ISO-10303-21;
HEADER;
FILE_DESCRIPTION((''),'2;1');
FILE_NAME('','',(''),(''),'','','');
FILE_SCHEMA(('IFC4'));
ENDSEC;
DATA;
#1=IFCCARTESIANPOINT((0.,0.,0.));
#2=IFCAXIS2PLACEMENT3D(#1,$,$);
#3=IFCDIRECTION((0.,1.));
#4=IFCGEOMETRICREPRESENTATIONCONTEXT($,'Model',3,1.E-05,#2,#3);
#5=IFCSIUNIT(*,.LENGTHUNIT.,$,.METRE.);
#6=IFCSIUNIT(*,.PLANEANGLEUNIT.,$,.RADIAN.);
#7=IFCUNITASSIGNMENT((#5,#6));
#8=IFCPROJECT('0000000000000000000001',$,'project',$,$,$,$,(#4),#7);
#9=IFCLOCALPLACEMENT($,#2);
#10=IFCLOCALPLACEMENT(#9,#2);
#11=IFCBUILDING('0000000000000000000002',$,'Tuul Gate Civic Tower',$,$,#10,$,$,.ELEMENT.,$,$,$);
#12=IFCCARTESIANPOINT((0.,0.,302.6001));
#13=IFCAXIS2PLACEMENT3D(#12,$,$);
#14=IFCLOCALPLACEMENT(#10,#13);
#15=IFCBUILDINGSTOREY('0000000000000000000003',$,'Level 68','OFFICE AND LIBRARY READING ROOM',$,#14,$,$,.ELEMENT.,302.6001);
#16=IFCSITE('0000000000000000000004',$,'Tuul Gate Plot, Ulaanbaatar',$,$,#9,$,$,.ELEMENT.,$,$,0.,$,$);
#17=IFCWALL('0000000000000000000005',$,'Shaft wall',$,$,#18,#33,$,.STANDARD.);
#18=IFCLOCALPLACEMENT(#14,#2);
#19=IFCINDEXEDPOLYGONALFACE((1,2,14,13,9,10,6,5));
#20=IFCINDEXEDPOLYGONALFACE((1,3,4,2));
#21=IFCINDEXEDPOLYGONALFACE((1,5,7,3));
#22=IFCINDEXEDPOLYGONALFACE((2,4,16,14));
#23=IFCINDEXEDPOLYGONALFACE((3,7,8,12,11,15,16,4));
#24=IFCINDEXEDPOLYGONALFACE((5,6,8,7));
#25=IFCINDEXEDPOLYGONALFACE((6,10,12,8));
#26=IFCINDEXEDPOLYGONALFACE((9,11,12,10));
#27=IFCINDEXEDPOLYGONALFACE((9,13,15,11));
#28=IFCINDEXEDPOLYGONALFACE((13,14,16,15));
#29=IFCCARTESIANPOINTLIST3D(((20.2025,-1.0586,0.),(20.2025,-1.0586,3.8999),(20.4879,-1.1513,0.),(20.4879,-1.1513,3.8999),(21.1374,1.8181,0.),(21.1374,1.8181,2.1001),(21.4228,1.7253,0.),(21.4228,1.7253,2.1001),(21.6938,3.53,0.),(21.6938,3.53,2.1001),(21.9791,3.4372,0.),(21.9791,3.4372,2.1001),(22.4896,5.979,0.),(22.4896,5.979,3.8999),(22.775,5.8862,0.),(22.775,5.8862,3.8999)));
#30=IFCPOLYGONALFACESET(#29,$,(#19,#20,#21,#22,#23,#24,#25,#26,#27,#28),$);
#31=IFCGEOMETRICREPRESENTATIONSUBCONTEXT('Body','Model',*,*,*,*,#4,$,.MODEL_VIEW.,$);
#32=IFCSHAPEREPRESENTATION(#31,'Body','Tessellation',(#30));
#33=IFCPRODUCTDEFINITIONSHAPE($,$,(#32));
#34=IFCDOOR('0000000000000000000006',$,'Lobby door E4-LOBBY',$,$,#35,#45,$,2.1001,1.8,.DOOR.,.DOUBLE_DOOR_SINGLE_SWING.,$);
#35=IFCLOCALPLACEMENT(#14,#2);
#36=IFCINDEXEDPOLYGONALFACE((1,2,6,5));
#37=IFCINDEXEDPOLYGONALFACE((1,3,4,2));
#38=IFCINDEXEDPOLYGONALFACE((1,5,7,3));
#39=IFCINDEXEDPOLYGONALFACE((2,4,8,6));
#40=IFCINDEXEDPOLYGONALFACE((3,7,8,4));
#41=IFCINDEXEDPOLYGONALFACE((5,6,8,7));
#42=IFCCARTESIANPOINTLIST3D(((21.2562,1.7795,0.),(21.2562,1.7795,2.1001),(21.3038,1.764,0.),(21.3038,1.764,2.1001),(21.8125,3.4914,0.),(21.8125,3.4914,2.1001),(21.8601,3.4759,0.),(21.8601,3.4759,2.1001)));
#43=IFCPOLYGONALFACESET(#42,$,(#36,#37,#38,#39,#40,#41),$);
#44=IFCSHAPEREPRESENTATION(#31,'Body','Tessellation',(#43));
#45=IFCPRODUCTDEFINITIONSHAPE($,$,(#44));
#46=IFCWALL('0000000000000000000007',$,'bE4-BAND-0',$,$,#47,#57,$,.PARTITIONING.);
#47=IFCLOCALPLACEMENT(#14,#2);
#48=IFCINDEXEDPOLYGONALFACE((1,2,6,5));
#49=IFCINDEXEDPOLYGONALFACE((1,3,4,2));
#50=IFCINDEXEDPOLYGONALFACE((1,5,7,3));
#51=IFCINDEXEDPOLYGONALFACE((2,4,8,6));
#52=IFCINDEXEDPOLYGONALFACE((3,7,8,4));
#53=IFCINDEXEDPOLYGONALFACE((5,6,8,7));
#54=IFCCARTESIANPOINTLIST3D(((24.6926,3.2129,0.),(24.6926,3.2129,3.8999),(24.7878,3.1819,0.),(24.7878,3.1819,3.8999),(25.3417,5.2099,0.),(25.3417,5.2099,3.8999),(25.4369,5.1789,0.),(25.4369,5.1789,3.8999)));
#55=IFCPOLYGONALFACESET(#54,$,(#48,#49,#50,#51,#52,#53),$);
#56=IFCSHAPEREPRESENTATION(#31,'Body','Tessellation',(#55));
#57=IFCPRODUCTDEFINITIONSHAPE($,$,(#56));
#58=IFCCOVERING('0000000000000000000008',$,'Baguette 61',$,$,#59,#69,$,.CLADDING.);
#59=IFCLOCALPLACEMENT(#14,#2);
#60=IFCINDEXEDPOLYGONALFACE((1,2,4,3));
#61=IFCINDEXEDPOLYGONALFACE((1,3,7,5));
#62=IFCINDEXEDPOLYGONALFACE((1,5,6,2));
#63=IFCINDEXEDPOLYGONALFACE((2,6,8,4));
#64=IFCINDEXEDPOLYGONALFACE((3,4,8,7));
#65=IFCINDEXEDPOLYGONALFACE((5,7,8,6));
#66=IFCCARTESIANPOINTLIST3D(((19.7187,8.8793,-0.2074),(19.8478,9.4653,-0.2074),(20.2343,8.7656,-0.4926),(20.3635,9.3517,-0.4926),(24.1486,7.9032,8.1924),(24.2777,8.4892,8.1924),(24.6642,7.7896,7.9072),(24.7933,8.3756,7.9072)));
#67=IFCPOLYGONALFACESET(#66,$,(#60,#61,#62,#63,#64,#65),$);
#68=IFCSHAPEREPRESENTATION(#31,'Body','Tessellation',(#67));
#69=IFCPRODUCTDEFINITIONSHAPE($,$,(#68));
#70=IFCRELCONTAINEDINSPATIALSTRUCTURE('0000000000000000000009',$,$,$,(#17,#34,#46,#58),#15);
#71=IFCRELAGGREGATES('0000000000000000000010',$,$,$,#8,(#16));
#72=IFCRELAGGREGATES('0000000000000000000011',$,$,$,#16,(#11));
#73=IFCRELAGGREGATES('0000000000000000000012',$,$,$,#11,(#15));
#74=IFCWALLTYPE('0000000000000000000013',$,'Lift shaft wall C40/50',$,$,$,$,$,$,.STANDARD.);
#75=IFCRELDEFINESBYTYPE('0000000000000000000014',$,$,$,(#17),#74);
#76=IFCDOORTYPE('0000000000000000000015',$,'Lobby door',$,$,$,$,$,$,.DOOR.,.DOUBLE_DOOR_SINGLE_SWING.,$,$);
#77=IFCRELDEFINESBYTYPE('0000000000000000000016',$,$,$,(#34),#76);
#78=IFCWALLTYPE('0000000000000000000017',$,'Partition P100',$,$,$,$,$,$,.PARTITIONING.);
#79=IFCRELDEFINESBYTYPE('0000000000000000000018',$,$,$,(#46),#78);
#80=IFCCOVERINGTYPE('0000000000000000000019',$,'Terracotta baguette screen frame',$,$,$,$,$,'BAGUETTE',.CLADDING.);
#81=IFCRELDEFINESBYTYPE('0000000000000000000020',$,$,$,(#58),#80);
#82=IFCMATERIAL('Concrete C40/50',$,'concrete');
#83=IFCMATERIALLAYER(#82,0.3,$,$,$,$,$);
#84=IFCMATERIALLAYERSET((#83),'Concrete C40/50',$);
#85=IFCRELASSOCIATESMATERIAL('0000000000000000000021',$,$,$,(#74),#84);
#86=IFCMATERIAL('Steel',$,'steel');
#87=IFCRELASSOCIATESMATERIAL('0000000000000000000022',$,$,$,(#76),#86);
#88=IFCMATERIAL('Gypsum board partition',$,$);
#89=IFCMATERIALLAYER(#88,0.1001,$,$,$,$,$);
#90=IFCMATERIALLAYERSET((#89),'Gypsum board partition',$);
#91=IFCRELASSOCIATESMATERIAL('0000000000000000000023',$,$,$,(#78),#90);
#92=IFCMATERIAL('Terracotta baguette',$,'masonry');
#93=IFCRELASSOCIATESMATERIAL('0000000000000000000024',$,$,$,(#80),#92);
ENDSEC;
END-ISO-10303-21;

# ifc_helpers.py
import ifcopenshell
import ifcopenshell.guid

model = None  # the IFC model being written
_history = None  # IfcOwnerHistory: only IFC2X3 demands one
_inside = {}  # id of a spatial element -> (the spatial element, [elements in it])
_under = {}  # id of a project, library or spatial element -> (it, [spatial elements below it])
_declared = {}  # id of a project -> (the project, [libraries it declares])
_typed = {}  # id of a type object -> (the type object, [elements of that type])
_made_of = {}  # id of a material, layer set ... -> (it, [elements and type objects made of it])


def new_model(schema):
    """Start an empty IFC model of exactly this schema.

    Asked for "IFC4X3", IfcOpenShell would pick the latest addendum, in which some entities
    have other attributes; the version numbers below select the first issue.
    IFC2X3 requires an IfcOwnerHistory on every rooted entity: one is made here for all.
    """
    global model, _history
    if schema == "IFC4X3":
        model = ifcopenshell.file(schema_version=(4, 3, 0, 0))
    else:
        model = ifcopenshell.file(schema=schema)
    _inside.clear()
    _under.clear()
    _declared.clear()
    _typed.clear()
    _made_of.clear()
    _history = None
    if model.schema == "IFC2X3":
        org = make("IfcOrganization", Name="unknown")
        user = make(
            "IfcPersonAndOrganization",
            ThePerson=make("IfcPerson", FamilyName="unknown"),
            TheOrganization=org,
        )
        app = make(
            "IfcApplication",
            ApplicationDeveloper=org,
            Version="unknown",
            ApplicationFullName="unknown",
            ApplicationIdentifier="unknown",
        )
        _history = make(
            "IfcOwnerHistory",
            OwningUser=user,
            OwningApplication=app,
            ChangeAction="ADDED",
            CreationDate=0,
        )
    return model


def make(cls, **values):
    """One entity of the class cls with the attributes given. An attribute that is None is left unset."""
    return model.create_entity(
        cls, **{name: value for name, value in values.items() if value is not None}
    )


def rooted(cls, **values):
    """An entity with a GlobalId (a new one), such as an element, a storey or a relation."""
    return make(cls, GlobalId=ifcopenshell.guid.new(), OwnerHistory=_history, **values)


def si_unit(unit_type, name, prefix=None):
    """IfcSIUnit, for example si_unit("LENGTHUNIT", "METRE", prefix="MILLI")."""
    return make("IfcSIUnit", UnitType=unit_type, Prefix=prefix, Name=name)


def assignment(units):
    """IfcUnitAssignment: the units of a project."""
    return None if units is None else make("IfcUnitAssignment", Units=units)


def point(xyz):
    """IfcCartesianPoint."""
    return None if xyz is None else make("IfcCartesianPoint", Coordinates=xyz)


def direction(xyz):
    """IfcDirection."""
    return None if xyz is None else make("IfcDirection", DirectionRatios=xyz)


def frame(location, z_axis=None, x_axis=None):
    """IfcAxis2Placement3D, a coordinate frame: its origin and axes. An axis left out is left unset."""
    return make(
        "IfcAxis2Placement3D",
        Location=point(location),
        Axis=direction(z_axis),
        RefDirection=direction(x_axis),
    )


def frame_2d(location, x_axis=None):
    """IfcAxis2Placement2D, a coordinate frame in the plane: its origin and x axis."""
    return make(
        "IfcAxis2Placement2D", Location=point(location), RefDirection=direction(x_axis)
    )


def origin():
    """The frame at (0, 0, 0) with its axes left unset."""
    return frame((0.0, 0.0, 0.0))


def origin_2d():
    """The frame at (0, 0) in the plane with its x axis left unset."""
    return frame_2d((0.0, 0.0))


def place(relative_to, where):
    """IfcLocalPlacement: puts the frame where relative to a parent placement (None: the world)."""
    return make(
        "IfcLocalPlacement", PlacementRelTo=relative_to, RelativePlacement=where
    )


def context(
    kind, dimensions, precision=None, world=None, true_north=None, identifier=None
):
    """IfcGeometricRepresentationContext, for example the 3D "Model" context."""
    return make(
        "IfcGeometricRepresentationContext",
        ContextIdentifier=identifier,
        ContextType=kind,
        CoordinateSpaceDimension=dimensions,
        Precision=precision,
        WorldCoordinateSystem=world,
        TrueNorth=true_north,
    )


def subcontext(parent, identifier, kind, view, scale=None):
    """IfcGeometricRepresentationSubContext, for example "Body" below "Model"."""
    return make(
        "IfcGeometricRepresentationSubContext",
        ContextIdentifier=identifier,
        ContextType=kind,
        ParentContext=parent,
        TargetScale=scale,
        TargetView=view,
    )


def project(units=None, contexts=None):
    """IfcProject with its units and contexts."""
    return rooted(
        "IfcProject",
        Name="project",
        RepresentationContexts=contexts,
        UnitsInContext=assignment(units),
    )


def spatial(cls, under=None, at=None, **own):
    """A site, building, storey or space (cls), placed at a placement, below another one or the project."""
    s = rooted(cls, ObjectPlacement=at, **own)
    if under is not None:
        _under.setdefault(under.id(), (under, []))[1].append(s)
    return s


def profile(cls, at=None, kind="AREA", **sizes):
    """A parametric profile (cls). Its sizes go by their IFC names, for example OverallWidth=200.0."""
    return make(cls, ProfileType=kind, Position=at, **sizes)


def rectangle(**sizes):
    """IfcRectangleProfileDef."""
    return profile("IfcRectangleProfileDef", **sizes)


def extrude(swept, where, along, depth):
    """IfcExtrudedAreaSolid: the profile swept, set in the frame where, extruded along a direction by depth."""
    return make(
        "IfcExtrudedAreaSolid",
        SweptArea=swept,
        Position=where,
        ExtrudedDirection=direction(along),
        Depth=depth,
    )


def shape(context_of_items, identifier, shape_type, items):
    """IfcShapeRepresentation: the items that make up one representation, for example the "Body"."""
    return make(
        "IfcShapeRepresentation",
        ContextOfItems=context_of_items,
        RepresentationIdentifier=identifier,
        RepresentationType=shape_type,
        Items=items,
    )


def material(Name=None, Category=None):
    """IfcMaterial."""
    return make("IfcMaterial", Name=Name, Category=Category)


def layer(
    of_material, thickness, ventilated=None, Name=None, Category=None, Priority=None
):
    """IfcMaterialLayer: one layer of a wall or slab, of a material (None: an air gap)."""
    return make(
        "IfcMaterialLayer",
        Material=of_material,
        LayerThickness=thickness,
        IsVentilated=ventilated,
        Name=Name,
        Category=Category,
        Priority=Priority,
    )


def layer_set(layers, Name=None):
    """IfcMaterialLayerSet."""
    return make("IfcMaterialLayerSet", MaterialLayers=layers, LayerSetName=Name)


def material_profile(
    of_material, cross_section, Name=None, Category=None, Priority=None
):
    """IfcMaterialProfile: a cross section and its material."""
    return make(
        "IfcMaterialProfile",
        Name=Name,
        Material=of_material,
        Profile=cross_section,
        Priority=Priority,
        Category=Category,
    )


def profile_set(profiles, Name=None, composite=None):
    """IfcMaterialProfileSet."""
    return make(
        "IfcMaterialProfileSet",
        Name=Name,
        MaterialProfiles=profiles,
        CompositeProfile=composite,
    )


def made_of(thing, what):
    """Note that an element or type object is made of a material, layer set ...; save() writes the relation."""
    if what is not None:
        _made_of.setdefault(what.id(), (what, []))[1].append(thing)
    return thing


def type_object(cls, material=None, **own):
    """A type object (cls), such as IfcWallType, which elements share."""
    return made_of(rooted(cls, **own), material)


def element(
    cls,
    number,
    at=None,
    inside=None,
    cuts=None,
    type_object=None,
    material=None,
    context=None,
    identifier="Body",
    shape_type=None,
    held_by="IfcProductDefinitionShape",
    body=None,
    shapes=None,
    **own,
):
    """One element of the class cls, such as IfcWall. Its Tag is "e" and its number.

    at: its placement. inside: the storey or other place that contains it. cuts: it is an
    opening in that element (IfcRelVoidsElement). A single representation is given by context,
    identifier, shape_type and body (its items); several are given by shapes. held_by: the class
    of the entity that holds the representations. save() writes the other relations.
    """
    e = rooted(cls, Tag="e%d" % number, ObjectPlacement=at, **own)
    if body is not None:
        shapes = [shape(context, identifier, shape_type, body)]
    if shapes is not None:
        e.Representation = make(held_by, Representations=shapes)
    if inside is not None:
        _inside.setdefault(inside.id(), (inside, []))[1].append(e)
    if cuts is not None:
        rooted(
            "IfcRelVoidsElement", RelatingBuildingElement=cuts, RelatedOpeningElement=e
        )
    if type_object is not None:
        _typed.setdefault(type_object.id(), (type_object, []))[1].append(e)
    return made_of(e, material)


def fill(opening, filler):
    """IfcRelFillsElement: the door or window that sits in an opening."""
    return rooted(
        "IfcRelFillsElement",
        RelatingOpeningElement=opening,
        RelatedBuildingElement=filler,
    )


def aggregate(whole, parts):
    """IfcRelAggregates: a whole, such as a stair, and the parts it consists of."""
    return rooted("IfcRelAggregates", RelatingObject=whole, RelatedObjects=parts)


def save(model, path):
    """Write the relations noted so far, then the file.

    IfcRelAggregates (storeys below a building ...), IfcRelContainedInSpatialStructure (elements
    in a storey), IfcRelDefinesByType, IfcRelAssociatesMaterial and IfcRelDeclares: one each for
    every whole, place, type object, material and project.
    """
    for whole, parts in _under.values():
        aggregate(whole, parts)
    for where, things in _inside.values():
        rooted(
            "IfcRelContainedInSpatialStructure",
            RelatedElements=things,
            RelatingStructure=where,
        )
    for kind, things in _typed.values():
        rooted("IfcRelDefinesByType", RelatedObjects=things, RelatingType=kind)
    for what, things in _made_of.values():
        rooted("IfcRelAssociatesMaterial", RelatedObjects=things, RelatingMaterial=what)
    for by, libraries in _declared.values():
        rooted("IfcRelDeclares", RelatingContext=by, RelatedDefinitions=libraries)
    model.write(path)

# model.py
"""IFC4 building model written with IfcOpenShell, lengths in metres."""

from ifc_helpers import new_model, si_unit, direction, frame, frame_2d, origin, origin_2d, place, context, subcontext, project, spatial, rectangle, extrude, material, layer, layer_set, material_profile, profile_set, type_object, element, fill, save


model = new_model("IFC4")

# Units and contexts
model_context = context("Model", 3, precision=1e-05, world=origin(), true_north=direction((0.0, 1.0)))
body_context = subcontext(model_context, "Body", "Model", "MODEL_VIEW")
ifc_project = project(units=[si_unit("LENGTHUNIT", "METRE"), si_unit("PLANEANGLEUNIT", "RADIAN")], contexts=[model_context])

# Site, building, storey
site_placement = place(None, origin())
site = spatial("IfcSite", under=ifc_project, at=site_placement, Name="Tuul Gate Plot, Ulaanbaatar", CompositionType="ELEMENT", RefElevation=0.0)
building_placement = place(site_placement, origin())
building = spatial("IfcBuilding", under=site, at=building_placement, Name="Tuul Gate Civic Tower", CompositionType="ELEMENT")
storey_placement = place(building_placement, frame((0.0, 0.0, 302.6001)))
storey = spatial("IfcBuildingStorey", under=building, at=storey_placement, Name="Level 68", Description="OFFICE AND LIBRARY READING ROOM", CompositionType="ELEMENT", Elevation=302.6001)

# Shared definitions
ifc_material_1 = material(Name="Concrete C40/50", Category="concrete")
ifc_layer_1 = layer(ifc_material_1, 0.3)
ifc_layer_set_1 = layer_set([ifc_layer_1], Name="Concrete C40/50")
wall_type_1 = type_object("IfcWallType", Name="Lift shaft wall C40/50", PredefinedType="STANDARD", material=ifc_layer_set_1)

# Wall, opening, door
wall_1_placement = place(storey_placement, frame((20.3452, -1.105, 0.0), z_axis=(0.0, 0.0, 1.0), x_axis=(0.309073, 0.951038, 0.0)))
wall_1 = element("IfcWall", 1, at=wall_1_placement, inside=storey, type_object=wall_type_1, Name="Shaft wall", PredefinedType="STANDARD", context=body_context, shape_type="SweptSolid", body=[
    extrude(rectangle(XDim=7.3999, YDim=0.3, at=frame_2d((3.7, 0.0))), origin(), (0.0, 0.0, 1.0), 3.8999),
])
opening_1_placement = place(wall_1_placement, frame((3.0249, 0.0, 0.0)))
opening_1 = element("IfcOpeningElement", 2, at=opening_1_placement, cuts=wall_1, PredefinedType="OPENING", context=body_context, shape_type="SweptSolid", body=[
    extrude(rectangle(XDim=1.8, YDim=2.1001, at=frame_2d((0.8999, 1.05))), frame((0.0, 0.1602, 0.0), z_axis=(0.0, -1.0, 0.0), x_axis=(1.0, 0.0, 0.0)), (0.0, 0.0, 1.0), 0.3201),
])
ifc_material_2 = material(Name="Steel", Category="steel")
door_type_1 = type_object("IfcDoorType", Name="Lobby door", OperationType="DOUBLE_DOOR_SINGLE_SWING", PredefinedType="DOOR", material=ifc_material_2)
door_1_placement = place(opening_1_placement, frame((1.8, 0.0, 0.0), z_axis=(0.0, 0.0, 1.0), x_axis=(-1.0, 0.0, 0.0)))
door_1 = element("IfcDoor", 3, at=door_1_placement, inside=storey, type_object=door_type_1, Name="Lobby door E4-LOBBY", OperationType="DOUBLE_DOOR_SINGLE_SWING", OverallHeight=2.1001, OverallWidth=1.8, PredefinedType="DOOR", context=body_context, shape_type="SweptSolid", body=[
    extrude(rectangle(XDim=1.8, YDim=2.1001, at=frame_2d((0.9001, 1.05))), frame((0.0, 0.0249, 0.0), z_axis=(0.0, -1.0, 0.0), x_axis=(1.0, 0.0, 0.0)), (0.0, 0.0, 1.0), 0.05),
])
fill(opening_1, door_1)

# Wall
ifc_material_3 = material(Name="Gypsum board partition")
ifc_layer_2 = layer(ifc_material_3, 0.1001)
ifc_layer_set_2 = layer_set([ifc_layer_2], Name="Gypsum board partition")
wall_type_2 = type_object("IfcWallType", Name="Partition P100", PredefinedType="PARTITIONING", material=ifc_layer_set_2)
wall_2_placement = place(storey_placement, frame((24.7402, 3.1975, 0.0), z_axis=(0.0, 0.0, 1.0), x_axis=(0.309139, 0.951017, 0.0)))
element("IfcWall", 4, at=wall_2_placement, inside=storey, type_object=wall_type_2, Name="bE4-BAND-0", PredefinedType="PARTITIONING", context=body_context, shape_type="SweptSolid", body=[
    extrude(rectangle(XDim=2.0999, YDim=0.1001, at=frame_2d((1.0498, 0.0))), origin(), (0.0, 0.0, 1.0), 3.8999),
])

# Covering
ifc_material_4 = material(Name="Terracotta baguette", Category="masonry")
ifc_material_profile_1 = material_profile(ifc_material_4, rectangle(XDim=0.6001, YDim=0.6001, at=origin_2d()), Name="Terracotta baguette screen frame")
ifc_profile_set_1 = profile_set([ifc_material_profile_1], Name="Terracotta baguette")
covering_type = type_object("IfcCoveringType", Name="Terracotta baguette screen frame", ElementType="BAGUETTE", PredefinedType="CLADDING", material=ifc_profile_set_1)
covering_placement = place(storey_placement, frame((24.4709, 8.1394, 8.0498), z_axis=(-0.464038, 0.102244, -0.879895), x_axis=(-0.215175, -0.976576, 0.0)))
element("IfcCovering", 5, at=covering_placement, inside=storey, type_object=covering_type, Name="Baguette 61", PredefinedType="CLADDING", context=body_context, shape_type="SweptSolid", body=[
    extrude(rectangle(XDim=0.6001, YDim=0.6001, at=origin_2d()), origin(), (0.0, 0.0, 1.0), 9.5464),
])

save(model, "model.ifc")
